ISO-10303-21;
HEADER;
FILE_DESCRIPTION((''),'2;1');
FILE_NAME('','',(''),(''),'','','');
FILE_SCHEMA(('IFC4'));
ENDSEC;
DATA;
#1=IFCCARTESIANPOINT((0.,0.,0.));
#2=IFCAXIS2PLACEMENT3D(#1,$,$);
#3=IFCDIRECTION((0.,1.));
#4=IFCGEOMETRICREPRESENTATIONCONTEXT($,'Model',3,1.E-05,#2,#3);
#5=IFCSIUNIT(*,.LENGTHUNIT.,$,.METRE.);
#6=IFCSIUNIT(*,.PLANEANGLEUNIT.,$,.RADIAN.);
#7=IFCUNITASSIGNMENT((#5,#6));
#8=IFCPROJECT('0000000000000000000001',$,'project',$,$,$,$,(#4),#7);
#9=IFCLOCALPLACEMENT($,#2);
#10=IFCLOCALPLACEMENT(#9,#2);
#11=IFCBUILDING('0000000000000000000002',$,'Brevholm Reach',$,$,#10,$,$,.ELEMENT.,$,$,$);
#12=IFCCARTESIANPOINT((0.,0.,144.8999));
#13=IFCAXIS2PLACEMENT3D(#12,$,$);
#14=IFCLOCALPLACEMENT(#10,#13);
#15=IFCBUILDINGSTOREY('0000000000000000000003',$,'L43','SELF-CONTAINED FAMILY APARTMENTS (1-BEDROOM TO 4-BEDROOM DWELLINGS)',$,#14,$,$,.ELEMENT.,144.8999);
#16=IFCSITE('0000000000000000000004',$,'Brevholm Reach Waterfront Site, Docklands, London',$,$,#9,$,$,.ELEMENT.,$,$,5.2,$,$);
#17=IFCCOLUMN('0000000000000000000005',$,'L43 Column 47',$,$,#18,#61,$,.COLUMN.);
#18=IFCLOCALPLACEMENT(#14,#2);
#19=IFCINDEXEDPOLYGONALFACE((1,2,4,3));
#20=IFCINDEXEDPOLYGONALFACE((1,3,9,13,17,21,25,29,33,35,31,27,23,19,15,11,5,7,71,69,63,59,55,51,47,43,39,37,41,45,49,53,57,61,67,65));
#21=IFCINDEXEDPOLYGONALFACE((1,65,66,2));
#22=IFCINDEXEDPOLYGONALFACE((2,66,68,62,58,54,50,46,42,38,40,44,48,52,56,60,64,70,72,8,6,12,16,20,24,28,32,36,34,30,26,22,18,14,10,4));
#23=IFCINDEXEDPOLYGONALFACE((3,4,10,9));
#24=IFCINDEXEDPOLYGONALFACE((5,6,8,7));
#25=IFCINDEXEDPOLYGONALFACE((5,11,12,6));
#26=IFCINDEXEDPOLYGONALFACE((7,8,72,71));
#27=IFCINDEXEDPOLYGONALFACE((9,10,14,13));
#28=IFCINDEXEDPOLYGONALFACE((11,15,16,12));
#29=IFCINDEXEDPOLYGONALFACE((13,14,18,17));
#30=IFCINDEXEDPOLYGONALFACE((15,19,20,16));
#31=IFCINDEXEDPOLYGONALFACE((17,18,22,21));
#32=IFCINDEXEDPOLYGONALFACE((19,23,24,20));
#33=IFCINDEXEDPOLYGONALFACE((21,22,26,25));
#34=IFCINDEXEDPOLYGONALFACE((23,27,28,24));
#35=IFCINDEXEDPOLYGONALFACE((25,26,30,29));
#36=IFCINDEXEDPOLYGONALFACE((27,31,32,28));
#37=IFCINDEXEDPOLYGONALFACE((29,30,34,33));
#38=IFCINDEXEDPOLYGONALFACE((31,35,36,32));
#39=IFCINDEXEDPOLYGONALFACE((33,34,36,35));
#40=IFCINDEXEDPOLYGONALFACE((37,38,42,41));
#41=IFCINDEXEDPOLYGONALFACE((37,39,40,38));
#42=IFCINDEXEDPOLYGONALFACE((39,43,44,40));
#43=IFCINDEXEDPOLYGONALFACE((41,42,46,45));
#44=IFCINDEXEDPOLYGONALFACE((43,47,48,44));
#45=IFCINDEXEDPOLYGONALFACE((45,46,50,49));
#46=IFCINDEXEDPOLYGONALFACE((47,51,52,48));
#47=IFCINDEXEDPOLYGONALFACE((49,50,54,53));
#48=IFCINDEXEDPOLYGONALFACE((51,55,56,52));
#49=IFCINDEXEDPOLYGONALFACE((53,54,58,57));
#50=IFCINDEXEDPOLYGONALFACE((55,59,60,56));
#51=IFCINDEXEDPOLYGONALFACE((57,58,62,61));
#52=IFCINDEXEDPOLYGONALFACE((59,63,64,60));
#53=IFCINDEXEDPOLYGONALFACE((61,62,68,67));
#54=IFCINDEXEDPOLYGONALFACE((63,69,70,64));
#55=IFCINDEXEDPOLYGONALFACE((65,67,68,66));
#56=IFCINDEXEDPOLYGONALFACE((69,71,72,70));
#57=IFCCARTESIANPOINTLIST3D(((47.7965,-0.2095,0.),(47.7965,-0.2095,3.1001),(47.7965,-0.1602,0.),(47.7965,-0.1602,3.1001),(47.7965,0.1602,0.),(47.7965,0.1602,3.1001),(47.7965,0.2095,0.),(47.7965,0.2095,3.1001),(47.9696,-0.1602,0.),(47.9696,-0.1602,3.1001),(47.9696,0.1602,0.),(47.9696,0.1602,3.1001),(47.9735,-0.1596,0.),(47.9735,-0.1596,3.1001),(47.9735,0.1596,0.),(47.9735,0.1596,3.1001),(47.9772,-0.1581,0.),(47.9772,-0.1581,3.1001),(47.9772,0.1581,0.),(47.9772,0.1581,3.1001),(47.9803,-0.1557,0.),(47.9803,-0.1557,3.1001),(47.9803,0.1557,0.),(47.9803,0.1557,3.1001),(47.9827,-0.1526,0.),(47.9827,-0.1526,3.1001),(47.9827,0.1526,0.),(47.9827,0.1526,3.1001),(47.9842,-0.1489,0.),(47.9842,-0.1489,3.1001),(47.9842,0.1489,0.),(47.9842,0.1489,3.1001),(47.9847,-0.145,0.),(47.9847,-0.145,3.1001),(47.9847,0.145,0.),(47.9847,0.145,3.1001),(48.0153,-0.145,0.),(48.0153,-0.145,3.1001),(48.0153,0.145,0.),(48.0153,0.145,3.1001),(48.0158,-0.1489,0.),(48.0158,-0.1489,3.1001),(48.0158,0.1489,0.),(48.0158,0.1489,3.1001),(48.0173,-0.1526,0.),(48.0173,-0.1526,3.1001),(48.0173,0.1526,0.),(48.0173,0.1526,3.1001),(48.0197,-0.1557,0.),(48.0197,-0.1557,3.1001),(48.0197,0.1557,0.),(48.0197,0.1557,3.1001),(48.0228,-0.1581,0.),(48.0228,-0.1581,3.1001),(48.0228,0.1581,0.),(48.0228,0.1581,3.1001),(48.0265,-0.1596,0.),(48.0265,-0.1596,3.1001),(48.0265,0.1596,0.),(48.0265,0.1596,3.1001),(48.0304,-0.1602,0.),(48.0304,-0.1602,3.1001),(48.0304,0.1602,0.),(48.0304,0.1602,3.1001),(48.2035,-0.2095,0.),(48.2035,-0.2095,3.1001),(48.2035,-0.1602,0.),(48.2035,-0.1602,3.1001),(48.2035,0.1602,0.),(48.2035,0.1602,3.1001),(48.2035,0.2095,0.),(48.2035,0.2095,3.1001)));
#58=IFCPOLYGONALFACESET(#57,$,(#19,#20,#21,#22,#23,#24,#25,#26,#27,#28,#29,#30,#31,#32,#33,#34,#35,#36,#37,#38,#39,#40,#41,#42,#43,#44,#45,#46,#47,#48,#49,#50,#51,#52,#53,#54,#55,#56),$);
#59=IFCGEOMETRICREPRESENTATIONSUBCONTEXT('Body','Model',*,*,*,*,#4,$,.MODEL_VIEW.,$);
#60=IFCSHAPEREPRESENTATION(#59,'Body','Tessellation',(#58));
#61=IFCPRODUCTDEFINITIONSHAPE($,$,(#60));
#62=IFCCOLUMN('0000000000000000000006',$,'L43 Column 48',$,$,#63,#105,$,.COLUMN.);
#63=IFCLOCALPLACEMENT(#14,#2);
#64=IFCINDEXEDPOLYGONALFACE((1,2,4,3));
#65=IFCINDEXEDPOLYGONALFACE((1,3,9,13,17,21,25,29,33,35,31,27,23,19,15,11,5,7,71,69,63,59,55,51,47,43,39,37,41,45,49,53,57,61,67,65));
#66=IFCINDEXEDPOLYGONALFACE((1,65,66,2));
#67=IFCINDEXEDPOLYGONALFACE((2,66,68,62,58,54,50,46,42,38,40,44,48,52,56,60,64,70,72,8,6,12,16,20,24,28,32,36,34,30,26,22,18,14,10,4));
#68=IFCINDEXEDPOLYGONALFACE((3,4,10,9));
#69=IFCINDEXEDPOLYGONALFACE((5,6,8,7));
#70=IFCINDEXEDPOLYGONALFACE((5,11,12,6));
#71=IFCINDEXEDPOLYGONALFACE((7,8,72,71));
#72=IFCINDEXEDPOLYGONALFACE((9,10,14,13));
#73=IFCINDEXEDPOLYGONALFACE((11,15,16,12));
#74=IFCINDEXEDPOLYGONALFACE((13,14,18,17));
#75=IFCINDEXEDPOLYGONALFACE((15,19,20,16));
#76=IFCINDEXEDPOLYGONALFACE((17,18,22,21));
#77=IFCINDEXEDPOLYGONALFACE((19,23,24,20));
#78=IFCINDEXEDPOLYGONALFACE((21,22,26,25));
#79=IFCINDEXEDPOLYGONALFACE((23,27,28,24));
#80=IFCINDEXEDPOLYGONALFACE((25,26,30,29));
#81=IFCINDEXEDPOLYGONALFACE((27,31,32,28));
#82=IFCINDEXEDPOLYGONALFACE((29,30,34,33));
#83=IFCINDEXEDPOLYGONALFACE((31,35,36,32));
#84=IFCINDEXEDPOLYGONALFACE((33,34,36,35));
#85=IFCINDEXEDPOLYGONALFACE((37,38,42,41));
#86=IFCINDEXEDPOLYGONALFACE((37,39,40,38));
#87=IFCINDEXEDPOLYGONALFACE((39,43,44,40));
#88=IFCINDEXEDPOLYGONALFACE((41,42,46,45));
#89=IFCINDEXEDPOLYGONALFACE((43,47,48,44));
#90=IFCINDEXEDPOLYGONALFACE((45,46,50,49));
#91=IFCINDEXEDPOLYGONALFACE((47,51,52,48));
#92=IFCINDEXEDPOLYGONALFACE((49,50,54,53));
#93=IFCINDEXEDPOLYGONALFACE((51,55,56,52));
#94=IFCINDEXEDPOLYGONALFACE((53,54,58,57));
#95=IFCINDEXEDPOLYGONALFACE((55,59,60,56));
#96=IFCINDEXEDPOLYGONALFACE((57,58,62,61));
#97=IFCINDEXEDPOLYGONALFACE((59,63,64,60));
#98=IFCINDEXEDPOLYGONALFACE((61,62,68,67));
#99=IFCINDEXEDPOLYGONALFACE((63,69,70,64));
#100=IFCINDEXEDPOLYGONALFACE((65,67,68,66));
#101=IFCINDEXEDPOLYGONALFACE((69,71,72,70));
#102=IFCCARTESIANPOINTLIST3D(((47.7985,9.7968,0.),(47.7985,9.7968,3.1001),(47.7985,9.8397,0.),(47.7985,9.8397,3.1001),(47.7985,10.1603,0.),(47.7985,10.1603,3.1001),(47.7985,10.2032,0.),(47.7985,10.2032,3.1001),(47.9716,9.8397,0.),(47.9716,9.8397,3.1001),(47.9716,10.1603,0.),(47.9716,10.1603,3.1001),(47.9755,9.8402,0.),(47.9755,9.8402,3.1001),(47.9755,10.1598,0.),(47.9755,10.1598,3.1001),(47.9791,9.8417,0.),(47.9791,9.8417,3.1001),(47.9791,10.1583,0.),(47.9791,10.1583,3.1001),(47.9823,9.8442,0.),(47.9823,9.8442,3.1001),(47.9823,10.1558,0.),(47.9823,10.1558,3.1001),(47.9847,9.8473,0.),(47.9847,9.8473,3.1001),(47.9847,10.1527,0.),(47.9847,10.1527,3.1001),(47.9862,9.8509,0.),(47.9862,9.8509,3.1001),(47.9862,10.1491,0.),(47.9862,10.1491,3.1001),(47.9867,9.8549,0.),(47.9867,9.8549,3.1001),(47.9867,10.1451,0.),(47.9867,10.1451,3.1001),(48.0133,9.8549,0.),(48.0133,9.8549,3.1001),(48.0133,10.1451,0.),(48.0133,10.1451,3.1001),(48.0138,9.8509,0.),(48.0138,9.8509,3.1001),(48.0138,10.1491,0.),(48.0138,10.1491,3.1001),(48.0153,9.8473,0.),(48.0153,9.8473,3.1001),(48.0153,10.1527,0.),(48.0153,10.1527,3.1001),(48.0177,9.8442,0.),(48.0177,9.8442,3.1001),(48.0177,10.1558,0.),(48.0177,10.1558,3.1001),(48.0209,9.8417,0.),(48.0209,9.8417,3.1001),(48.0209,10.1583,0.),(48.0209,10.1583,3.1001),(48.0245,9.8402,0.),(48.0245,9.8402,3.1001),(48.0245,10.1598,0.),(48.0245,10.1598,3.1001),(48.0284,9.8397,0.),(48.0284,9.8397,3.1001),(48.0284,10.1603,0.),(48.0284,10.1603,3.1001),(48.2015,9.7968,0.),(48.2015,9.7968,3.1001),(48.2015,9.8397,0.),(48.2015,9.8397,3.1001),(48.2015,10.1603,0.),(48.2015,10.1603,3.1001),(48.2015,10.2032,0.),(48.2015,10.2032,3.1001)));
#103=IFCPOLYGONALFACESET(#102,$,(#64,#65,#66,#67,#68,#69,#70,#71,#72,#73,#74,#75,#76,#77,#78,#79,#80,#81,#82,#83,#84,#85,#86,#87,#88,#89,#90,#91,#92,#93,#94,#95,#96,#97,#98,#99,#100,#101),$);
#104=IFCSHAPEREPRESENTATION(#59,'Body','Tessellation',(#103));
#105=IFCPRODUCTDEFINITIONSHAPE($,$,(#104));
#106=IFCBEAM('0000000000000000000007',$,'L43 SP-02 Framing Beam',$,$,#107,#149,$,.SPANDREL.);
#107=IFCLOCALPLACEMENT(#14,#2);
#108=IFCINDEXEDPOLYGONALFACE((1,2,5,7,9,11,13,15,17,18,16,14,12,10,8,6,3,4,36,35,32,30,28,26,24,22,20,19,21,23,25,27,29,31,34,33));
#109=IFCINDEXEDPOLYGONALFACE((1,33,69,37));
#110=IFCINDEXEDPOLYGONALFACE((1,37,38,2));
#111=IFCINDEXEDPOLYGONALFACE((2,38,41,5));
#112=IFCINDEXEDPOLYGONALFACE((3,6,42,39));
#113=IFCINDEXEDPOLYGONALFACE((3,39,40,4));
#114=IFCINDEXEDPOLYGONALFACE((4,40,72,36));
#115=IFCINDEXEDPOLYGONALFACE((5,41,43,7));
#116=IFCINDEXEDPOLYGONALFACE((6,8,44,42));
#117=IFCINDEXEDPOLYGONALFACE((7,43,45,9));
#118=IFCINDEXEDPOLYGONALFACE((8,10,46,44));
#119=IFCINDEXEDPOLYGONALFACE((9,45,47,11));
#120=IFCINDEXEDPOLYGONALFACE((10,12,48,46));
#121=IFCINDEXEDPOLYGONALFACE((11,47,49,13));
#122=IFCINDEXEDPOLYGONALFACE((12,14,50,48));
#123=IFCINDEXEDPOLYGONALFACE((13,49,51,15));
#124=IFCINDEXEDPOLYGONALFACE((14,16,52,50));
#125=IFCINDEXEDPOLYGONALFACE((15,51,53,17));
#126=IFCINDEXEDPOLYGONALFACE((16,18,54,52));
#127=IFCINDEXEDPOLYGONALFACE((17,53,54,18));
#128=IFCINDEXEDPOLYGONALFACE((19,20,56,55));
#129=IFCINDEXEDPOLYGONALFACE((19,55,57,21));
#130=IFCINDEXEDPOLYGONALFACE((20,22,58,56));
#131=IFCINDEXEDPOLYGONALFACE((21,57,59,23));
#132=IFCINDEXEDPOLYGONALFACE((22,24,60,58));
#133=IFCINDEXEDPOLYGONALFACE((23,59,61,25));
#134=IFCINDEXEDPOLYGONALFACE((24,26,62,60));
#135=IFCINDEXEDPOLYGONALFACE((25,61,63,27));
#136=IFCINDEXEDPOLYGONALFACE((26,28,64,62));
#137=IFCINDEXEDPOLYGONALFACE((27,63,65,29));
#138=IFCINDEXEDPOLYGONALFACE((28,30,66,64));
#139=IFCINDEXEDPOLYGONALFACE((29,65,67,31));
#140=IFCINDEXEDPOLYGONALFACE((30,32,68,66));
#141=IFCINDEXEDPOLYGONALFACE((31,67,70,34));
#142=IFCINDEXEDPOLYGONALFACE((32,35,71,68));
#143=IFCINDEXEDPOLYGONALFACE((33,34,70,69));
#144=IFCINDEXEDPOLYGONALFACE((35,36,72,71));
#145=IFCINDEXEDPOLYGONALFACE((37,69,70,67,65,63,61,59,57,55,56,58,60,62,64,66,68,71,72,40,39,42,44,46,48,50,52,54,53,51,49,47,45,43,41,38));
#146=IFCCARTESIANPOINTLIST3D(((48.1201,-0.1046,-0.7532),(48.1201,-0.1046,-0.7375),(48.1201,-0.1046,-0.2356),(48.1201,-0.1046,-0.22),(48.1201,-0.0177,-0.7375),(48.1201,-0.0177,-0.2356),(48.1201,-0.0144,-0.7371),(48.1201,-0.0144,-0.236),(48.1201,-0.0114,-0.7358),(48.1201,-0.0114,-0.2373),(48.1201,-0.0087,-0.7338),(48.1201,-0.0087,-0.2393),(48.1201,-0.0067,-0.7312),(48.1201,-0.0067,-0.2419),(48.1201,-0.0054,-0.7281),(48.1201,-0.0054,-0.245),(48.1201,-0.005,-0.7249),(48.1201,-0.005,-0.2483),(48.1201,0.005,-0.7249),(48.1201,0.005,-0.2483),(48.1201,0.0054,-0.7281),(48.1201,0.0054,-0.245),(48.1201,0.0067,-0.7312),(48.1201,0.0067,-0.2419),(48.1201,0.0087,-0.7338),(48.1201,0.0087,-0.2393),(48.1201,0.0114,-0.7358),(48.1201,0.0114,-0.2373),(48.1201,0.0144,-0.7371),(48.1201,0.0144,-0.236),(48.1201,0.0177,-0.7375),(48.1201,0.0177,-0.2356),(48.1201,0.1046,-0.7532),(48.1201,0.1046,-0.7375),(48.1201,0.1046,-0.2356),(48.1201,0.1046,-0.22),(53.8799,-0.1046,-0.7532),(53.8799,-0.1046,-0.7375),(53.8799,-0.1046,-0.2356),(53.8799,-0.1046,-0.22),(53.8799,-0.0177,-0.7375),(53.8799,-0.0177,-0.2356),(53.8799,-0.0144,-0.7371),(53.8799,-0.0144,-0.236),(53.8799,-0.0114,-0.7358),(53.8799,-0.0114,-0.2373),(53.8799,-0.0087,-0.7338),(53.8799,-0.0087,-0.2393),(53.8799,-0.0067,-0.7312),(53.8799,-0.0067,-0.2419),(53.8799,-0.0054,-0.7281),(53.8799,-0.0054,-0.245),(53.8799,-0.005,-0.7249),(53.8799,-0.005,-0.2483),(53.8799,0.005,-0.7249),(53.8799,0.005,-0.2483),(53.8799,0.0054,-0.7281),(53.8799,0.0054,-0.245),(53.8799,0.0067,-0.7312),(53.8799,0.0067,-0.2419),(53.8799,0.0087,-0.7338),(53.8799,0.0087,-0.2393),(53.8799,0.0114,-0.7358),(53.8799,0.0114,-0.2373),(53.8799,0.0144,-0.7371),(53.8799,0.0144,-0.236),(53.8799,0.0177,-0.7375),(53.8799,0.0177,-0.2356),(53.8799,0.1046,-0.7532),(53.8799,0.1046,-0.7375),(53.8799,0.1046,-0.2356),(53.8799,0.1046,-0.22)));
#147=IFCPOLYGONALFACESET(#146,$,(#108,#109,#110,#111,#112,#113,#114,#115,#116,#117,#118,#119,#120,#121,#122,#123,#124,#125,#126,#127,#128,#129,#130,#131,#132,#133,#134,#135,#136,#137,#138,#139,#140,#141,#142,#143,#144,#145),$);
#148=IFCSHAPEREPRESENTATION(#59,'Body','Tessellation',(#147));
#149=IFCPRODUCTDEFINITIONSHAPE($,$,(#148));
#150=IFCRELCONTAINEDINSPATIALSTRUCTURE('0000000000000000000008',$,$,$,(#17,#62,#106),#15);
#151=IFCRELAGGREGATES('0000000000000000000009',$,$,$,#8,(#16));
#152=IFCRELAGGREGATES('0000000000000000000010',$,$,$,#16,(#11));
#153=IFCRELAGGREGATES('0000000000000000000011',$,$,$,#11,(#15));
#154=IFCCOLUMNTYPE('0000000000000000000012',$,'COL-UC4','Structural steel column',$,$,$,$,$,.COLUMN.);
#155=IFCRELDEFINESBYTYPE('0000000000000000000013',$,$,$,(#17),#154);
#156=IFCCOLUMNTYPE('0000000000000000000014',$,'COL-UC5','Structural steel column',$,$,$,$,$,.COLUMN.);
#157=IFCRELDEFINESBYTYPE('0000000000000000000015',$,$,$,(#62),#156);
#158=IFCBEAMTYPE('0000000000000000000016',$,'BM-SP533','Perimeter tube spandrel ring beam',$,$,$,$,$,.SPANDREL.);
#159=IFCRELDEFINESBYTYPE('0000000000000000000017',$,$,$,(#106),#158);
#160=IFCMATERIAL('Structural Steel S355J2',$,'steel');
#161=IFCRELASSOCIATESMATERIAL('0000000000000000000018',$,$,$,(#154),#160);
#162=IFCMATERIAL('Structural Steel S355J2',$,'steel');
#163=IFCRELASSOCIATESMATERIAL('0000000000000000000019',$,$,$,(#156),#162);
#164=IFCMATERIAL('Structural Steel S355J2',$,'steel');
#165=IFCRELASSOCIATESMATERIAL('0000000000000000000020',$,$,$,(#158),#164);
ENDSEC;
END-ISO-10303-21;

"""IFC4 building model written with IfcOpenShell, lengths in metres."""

from ifc_helpers import new_model, si_unit, direction, frame, origin, origin_2d, place, context, subcontext, project, spatial, i_section, extrude, material, material_profile, profile_set, type_object, element, save


model = new_model("IFC4")

# Units and contexts
model_context = context("Model", 3, precision=1e-05, world=origin(), true_north=direction((0.0, 1.0)))
body_context = subcontext(model_context, "Body", "Model", "MODEL_VIEW")
ifc_project = project(units=[si_unit("LENGTHUNIT", "METRE"), si_unit("PLANEANGLEUNIT", "RADIAN")], contexts=[model_context])

# Site, building, storey
site_placement = place(None, origin())
site = spatial("IfcSite", under=ifc_project, at=site_placement, Name="Brevholm Reach Waterfront Site, Docklands, London", CompositionType="ELEMENT", RefElevation=5.2)
building_placement = place(site_placement, origin())
building = spatial("IfcBuilding", under=site, at=building_placement, Name="Brevholm Reach", CompositionType="ELEMENT")
storey_placement = place(building_placement, frame((0.0, 0.0, 144.8999)))
storey = spatial("IfcBuildingStorey", under=building, at=storey_placement, Name="L43", Description="SELF-CONTAINED FAMILY APARTMENTS (1-BEDROOM TO 4-BEDROOM DWELLINGS)", CompositionType="ELEMENT", Elevation=144.8999)

# Columns
ifc_material_1 = material(Name="Structural Steel S355J2", Category="steel")
ifc_material_profile_1 = material_profile(ifc_material_1, i_section(OverallWidth=0.407, OverallDepth=0.4189, WebThickness=0.0305, FlangeThickness=0.0493, FilletRadius=0.0151, at=origin_2d()), Name="UKC 356x406x393")
ifc_profile_set_1 = profile_set([ifc_material_profile_1], Name="Structural Steel S355J2")
column_type_1 = type_object("IfcColumnType", Name="COL-UC4", Description="Structural steel column", PredefinedType="COLUMN", material=ifc_profile_set_1)
column_1_placement = place(storey_placement, frame((48.0, 0.0, 0.0), z_axis=(0.0, 0.0, 1.0), x_axis=(1.0, 0.0, 0.0)))
element("IfcColumn", 1, at=column_1_placement, inside=storey, type_object=column_type_1, Name="L43 Column 47", PredefinedType="COLUMN", context=body_context, shape_type="SweptSolid", body=[
    extrude(i_section(OverallWidth=0.407, OverallDepth=0.4189, WebThickness=0.0305, FlangeThickness=0.0493, FilletRadius=0.0151, at=origin_2d()), origin(), (0.0, 0.0, 1.0), 3.1001),
])
ifc_material_2 = material(Name="Structural Steel S355J2", Category="steel")
ifc_material_profile_2 = material_profile(ifc_material_2, i_section(OverallWidth=0.4031, OverallDepth=0.4065, WebThickness=0.0266, FlangeThickness=0.043, FilletRadius=0.0151, at=origin_2d()), Name="UKC 356x406x340")
ifc_profile_set_2 = profile_set([ifc_material_profile_2], Name="Structural Steel S355J2")
column_type_2 = type_object("IfcColumnType", Name="COL-UC5", Description="Structural steel column", PredefinedType="COLUMN", material=ifc_profile_set_2)
column_2_placement = place(storey_placement, frame((48.0, 10.0, 0.0), z_axis=(0.0, 0.0, 1.0), x_axis=(1.0, 0.0, 0.0)))
element("IfcColumn", 2, at=column_2_placement, inside=storey, type_object=column_type_2, Name="L43 Column 48", PredefinedType="COLUMN", context=body_context, shape_type="SweptSolid", body=[
    extrude(i_section(OverallWidth=0.4031, OverallDepth=0.4065, WebThickness=0.0266, FlangeThickness=0.043, FilletRadius=0.0151, at=origin_2d()), origin(), (0.0, 0.0, 1.0), 3.1001),
])

# Beam
ifc_material_3 = material(Name="Structural Steel S355J2", Category="steel")
ifc_material_profile_3 = material_profile(ifc_material_3, i_section(OverallWidth=0.2092, OverallDepth=0.5332, WebThickness=0.01, FlangeThickness=0.0156, FilletRadius=0.0127, at=origin_2d()), Name="UKB 533x210x92")
ifc_profile_set_3 = profile_set([ifc_material_profile_3], Name="Structural Steel S355J2")
beam_type_1 = type_object("IfcBeamType", Name="BM-SP533", Description="Perimeter tube spandrel ring beam", PredefinedType="SPANDREL", material=ifc_profile_set_3)
beam_1_placement = place(storey_placement, frame((48.1201, 0.0, -0.4866), z_axis=(1.0, 0.0, 0.0), x_axis=(0.0, 1.0, 0.0)))
element("IfcBeam", 3, at=beam_1_placement, inside=storey, type_object=beam_type_1, Name="L43 SP-02 Framing Beam", PredefinedType="SPANDREL", context=body_context, shape_type="SweptSolid", body=[
    extrude(i_section(OverallWidth=0.2092, OverallDepth=0.5332, WebThickness=0.01, FlangeThickness=0.0156, FilletRadius=0.0127, at=origin_2d()), origin(), (0.0, 0.0, 1.0), 5.7598),
])

save(model, "model.ifc")
